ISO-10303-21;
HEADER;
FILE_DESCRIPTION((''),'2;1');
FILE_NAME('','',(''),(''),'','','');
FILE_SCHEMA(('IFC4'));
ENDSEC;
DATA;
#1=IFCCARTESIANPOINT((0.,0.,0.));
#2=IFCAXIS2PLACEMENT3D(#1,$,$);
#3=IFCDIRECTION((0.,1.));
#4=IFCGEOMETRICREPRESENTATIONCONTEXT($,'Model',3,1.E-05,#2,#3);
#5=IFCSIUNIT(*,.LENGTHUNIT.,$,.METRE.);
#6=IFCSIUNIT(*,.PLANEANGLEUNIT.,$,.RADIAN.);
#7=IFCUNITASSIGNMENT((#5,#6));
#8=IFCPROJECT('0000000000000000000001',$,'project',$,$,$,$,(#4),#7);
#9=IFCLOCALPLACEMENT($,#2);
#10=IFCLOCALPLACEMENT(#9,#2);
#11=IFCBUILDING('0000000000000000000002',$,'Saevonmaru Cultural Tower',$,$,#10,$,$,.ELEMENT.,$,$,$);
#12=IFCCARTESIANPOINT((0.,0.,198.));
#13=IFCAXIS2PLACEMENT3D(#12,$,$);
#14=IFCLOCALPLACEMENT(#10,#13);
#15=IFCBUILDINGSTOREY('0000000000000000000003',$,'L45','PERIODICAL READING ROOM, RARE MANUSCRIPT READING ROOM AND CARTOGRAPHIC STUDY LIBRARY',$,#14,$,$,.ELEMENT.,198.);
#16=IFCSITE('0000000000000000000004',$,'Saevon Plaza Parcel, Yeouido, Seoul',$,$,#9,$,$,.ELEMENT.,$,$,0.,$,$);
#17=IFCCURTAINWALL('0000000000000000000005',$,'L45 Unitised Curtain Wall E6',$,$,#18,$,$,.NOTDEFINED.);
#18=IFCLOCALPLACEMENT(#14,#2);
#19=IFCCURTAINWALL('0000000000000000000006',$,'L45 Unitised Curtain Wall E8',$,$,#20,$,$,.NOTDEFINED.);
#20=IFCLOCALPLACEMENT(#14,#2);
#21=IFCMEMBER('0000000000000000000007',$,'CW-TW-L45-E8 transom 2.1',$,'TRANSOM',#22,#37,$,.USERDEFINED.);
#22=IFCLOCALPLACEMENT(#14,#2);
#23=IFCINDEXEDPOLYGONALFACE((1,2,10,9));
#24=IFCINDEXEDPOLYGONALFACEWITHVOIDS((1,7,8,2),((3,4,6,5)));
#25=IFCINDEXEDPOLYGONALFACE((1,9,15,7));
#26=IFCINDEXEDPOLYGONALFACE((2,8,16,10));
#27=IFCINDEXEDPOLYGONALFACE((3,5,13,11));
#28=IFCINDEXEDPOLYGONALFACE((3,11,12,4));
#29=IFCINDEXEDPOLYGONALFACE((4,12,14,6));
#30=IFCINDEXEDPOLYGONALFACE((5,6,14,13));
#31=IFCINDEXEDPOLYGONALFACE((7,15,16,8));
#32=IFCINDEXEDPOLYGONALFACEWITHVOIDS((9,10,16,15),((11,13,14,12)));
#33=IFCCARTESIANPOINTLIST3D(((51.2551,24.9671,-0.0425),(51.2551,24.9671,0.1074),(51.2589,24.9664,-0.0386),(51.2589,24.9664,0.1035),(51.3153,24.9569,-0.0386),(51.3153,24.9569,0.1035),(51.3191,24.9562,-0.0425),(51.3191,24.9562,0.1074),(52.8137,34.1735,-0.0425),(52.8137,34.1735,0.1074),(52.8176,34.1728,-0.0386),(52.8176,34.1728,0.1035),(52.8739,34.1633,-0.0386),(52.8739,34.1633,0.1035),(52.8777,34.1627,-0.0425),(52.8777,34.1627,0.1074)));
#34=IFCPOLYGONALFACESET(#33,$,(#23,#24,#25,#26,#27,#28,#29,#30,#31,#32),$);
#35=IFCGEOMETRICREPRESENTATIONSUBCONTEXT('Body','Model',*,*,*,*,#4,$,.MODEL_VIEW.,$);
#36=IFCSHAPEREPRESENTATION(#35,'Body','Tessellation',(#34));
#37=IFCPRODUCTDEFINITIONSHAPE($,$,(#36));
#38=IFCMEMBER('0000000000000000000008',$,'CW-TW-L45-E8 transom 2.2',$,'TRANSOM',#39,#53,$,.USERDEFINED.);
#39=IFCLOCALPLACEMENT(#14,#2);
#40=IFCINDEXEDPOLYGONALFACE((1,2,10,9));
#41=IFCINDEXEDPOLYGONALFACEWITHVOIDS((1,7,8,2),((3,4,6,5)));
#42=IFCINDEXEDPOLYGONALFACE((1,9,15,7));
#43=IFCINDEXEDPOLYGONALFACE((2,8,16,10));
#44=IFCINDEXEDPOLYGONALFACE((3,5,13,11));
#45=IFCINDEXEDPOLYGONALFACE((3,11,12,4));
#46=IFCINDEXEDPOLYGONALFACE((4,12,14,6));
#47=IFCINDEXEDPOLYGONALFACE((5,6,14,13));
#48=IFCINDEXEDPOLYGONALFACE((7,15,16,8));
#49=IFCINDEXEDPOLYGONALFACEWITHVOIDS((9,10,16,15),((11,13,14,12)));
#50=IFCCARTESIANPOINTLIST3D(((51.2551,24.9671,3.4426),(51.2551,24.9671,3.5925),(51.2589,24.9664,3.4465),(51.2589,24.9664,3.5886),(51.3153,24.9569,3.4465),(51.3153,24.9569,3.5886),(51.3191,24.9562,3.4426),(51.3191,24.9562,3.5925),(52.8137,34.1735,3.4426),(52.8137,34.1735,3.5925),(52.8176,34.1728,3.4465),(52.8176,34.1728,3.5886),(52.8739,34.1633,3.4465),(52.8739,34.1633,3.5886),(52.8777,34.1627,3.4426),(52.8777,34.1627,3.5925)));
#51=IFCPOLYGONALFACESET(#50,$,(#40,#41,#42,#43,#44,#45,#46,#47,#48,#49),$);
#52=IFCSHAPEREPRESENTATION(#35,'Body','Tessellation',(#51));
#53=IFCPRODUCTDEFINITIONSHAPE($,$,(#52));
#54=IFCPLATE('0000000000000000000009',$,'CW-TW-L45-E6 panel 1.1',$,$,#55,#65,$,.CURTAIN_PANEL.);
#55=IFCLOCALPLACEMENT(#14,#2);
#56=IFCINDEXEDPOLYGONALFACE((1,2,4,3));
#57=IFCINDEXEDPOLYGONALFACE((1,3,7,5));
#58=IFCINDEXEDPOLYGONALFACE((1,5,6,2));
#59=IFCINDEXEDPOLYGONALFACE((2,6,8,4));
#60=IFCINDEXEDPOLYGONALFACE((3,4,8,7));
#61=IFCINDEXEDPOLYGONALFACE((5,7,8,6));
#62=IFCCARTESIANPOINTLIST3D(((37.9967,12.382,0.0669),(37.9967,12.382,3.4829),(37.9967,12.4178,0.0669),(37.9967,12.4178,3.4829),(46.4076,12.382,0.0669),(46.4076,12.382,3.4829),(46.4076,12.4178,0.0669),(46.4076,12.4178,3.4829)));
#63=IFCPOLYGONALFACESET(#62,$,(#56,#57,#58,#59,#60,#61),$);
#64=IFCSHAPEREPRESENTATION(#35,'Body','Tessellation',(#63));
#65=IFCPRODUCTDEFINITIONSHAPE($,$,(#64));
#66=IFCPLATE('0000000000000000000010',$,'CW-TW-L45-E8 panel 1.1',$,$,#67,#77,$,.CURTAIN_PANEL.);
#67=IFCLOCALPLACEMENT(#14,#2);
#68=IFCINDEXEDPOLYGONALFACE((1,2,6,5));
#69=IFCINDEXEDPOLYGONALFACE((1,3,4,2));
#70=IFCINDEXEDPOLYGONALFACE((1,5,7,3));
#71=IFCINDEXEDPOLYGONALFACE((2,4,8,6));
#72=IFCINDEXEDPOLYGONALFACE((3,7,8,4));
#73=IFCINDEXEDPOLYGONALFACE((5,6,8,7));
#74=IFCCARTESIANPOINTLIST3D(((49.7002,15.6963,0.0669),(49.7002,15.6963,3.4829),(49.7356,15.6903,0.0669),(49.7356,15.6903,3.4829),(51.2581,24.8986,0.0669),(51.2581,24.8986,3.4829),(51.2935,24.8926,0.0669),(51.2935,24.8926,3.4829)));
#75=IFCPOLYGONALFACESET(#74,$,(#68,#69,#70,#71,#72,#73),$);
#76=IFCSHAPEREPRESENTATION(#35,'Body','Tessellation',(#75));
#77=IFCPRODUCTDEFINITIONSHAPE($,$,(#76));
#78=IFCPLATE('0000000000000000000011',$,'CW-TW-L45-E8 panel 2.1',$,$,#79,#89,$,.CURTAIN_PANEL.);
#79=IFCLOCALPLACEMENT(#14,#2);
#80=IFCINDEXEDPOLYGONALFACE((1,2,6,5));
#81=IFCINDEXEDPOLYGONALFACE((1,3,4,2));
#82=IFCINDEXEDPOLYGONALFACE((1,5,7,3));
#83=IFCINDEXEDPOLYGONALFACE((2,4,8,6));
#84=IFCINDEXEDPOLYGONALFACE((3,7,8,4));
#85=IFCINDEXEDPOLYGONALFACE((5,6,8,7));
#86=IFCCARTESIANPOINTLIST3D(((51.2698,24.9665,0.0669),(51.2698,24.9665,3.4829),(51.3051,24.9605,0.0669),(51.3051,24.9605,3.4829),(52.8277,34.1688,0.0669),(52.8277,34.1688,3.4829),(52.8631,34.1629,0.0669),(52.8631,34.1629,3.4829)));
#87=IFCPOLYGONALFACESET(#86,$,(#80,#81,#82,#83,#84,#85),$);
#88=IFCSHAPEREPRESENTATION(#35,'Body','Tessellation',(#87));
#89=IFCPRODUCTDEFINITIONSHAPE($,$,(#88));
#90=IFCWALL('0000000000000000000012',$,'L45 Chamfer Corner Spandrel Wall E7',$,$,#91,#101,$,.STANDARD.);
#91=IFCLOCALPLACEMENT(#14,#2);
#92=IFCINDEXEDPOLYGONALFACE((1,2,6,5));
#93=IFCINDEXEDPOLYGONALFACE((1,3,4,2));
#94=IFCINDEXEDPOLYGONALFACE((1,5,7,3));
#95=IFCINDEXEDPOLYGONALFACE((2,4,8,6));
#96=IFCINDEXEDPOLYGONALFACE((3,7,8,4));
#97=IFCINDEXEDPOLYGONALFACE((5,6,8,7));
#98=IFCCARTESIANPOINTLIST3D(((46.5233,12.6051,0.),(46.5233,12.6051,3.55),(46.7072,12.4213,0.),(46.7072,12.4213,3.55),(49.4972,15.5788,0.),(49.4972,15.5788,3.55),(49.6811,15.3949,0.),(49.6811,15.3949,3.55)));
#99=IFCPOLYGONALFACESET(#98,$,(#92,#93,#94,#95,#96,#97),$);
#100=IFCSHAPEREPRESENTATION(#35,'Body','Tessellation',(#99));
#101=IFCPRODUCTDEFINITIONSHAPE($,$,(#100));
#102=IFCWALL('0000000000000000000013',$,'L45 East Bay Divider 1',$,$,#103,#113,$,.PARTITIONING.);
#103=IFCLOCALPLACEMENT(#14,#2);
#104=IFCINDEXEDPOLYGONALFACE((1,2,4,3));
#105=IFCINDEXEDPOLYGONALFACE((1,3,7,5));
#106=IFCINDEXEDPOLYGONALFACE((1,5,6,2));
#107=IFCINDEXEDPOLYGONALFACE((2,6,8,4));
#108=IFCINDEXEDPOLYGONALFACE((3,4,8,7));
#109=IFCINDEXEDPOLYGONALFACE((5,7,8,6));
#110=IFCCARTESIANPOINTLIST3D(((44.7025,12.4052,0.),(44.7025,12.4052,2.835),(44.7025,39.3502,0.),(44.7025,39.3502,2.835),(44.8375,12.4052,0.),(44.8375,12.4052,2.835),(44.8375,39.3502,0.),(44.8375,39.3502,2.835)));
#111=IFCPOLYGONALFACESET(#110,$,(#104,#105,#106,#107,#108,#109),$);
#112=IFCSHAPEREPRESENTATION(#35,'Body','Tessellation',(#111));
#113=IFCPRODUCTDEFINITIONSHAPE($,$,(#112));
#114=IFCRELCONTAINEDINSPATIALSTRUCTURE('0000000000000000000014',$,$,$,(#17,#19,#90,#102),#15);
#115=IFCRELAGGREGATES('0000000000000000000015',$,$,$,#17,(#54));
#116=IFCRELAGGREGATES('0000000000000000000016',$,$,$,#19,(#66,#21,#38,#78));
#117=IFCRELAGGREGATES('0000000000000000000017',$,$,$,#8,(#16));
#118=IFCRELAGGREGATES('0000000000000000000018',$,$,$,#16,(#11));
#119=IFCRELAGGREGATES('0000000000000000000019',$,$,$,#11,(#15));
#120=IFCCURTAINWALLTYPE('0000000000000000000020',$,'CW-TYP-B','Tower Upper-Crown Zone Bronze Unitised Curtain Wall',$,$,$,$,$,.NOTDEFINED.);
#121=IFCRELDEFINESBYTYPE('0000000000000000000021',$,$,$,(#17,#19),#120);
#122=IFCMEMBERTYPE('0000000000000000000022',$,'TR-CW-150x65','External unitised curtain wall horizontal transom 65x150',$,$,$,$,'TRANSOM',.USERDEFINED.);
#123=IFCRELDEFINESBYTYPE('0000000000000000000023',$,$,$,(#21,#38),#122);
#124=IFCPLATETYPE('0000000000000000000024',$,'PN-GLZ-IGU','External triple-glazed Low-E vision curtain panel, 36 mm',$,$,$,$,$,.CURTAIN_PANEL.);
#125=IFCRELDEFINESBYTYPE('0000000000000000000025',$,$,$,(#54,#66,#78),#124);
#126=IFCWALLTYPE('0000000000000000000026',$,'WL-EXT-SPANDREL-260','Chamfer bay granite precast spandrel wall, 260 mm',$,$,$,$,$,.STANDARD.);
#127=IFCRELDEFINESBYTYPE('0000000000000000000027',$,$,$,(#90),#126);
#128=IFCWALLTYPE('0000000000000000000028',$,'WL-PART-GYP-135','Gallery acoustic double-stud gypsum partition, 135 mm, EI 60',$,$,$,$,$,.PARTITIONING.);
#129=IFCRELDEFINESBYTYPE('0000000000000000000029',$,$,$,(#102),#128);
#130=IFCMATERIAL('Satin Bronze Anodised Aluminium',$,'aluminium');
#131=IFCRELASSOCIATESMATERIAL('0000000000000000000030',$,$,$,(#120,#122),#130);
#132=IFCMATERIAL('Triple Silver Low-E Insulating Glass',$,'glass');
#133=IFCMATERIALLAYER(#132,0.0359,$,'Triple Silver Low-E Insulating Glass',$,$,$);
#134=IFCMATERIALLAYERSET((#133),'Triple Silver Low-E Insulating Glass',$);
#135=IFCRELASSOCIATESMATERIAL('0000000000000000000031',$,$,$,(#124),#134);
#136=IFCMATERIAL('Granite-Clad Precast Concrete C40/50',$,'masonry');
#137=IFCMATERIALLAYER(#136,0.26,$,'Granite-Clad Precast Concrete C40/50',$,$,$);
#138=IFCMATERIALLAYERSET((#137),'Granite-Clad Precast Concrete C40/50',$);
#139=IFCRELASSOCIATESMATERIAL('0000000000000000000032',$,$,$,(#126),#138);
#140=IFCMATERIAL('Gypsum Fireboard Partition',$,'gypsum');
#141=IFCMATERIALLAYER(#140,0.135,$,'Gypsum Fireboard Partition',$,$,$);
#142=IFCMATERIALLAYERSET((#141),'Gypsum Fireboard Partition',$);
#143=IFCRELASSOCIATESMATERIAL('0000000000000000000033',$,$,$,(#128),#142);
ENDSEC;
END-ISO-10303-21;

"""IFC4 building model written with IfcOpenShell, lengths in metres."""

from ifc_helpers import new_model, si_unit, direction, frame, frame_2d, origin, origin_2d, place, context, subcontext, project, spatial, rectangle, hollow_rectangle, extrude, material, layer, layer_set, material_profile, profile_set, type_object, element, aggregate, save


model = new_model("IFC4")

# Units and contexts
model_context = context("Model", 3, precision=1e-05, world=origin(), true_north=direction((0.0, 1.0)))
body_context = subcontext(model_context, "Body", "Model", "MODEL_VIEW")
ifc_project = project(units=[si_unit("LENGTHUNIT", "METRE"), si_unit("PLANEANGLEUNIT", "RADIAN")], contexts=[model_context])

# Site, building, storey
site_placement = place(None, origin())
site = spatial("IfcSite", under=ifc_project, at=site_placement, Name="Saevon Plaza Parcel, Yeouido, Seoul", CompositionType="ELEMENT", RefElevation=0.0)
building_placement = place(site_placement, origin())
building = spatial("IfcBuilding", under=site, at=building_placement, Name="Saevonmaru Cultural Tower", CompositionType="ELEMENT")
storey_placement = place(building_placement, frame((0.0, 0.0, 198.0)))
storey = spatial("IfcBuildingStorey", under=building, at=storey_placement, Name="L45", Description="PERIODICAL READING ROOM, RARE MANUSCRIPT READING ROOM AND CARTOGRAPHIC STUDY LIBRARY", CompositionType="ELEMENT", Elevation=198.0)

# Curtain wall
ifc_material_1 = material(Name="Satin Bronze Anodised Aluminium", Category="aluminium")
curtain_wall_type = type_object("IfcCurtainWallType", Name="CW-TYP-B", Description="Tower Upper-Crown Zone Bronze Unitised Curtain Wall", PredefinedType="NOTDEFINED", material=ifc_material_1)
curtain_wall_1_placement = place(storey_placement, origin())
curtain_wall_1 = element("IfcCurtainWall", 1, at=curtain_wall_1_placement, inside=storey, type_object=curtain_wall_type, Name="L45 Unitised Curtain Wall E6", PredefinedType="NOTDEFINED")

# Curtain wall, members
curtain_wall_2_placement = place(storey_placement, origin())
curtain_wall_2 = element("IfcCurtainWall", 2, at=curtain_wall_2_placement, inside=storey, type_object=curtain_wall_type, Name="L45 Unitised Curtain Wall E8", PredefinedType="NOTDEFINED")
ifc_material_profile_1 = material_profile(ifc_material_1, hollow_rectangle(XDim=0.0649, YDim=0.1499, WallThickness=0.0039, at=origin_2d()), Name="ALU-TRAN-150x65x4")
ifc_profile_set_1 = profile_set([ifc_material_profile_1], Name="Satin Bronze Anodised Aluminium")
member_type_1 = type_object("IfcMemberType", Name="TR-CW-150x65", Description="External unitised curtain wall horizontal transom 65x150", ElementType="TRANSOM", PredefinedType="USERDEFINED", material=ifc_profile_set_1)
member_1_placement = place(storey_placement, frame((51.2871, 24.9617, 0.0325), z_axis=(0.166921, 0.98597, 0.0), x_axis=(-0.98597, 0.166921, 0.0)))
member_1 = element("IfcMember", 3, at=member_1_placement, type_object=member_type_1, Name="CW-TW-L45-E8 transom 2.1", ObjectType="TRANSOM", PredefinedType="USERDEFINED", context=body_context, shape_type="SweptSolid", body=[
    extrude(hollow_rectangle(XDim=0.0649, YDim=0.1499, WallThickness=0.0039, at=origin_2d()), origin(), (0.0, 0.0, 1.0), 9.3374),
])
member_2_placement = place(storey_placement, frame((51.2871, 24.9617, 3.5176), z_axis=(0.166921, 0.98597, 0.0), x_axis=(-0.98597, 0.166921, 0.0)))
member_2 = element("IfcMember", 4, at=member_2_placement, type_object=member_type_1, Name="CW-TW-L45-E8 transom 2.2", ObjectType="TRANSOM", PredefinedType="USERDEFINED", context=body_context, shape_type="SweptSolid", body=[
    extrude(hollow_rectangle(XDim=0.0649, YDim=0.1499, WallThickness=0.0039, at=origin_2d()), origin(), (0.0, 0.0, 1.0), 9.3374),
])

# Plates
ifc_material_2 = material(Name="Triple Silver Low-E Insulating Glass", Category="glass")
ifc_layer_1 = layer(ifc_material_2, 0.0359, Name="Triple Silver Low-E Insulating Glass")
ifc_layer_set_1 = layer_set([ifc_layer_1], Name="Triple Silver Low-E Insulating Glass")
plate_type = type_object("IfcPlateType", Name="PN-GLZ-IGU", Description="External triple-glazed Low-E vision curtain panel, 36 mm", PredefinedType="CURTAIN_PANEL", material=ifc_layer_set_1)
plate_1_placement = place(storey_placement, frame((42.2021, 12.3999, 0.0669), z_axis=(0.0, 0.0, 1.0), x_axis=(1.0, 0.0, 0.0)))
plate_1 = element("IfcPlate", 5, at=plate_1_placement, type_object=plate_type, Name="CW-TW-L45-E6 panel 1.1", PredefinedType="CURTAIN_PANEL", context=body_context, shape_type="SweptSolid", body=[
    extrude(rectangle(XDim=8.4109, YDim=0.0359, at=origin_2d()), origin(), (0.0, 0.0, 1.0), 3.416),
])
aggregate(curtain_wall_1, [plate_1])
plate_2_placement = place(storey_placement, frame((50.4968, 20.2944, 0.0669), z_axis=(0.0, 0.0, 1.0), x_axis=(0.166922, 0.98597, 0.0)))
plate_2 = element("IfcPlate", 6, at=plate_2_placement, type_object=plate_type, Name="CW-TW-L45-E8 panel 1.1", PredefinedType="CURTAIN_PANEL", context=body_context, shape_type="SweptSolid", body=[
    extrude(rectangle(XDim=9.3333, YDim=0.0359, at=origin_2d()), origin(), (0.0, 0.0, 1.0), 3.416),
])
plate_3_placement = place(storey_placement, frame((52.0664, 29.5647, 0.0669), z_axis=(0.0, 0.0, 1.0), x_axis=(0.166922, 0.98597, 0.0)))
plate_3 = element("IfcPlate", 7, at=plate_3_placement, type_object=plate_type, Name="CW-TW-L45-E8 panel 2.1", PredefinedType="CURTAIN_PANEL", context=body_context, shape_type="SweptSolid", body=[
    extrude(rectangle(XDim=9.3333, YDim=0.0359, at=origin_2d()), origin(), (0.0, 0.0, 1.0), 3.416),
])
aggregate(curtain_wall_2, [plate_2, member_1, member_2, plate_3])

# Walls
ifc_material_3 = material(Name="Granite-Clad Precast Concrete C40/50", Category="masonry")
ifc_layer_2 = layer(ifc_material_3, 0.26, Name="Granite-Clad Precast Concrete C40/50")
ifc_layer_set_2 = layer_set([ifc_layer_2], Name="Granite-Clad Precast Concrete C40/50")
wall_type_1 = type_object("IfcWallType", Name="WL-EXT-SPANDREL-260", Description="Chamfer bay granite precast spandrel wall, 260 mm", PredefinedType="STANDARD", material=ifc_layer_set_2)
wall_1_placement = place(storey_placement, frame((46.6152, 12.5132, 0.0), z_axis=(0.0, 0.0, 1.0), x_axis=(0.707136, 0.707078, 0.0)))
element("IfcWall", 8, at=wall_1_placement, inside=storey, type_object=wall_type_1, Name="L45 Chamfer Corner Spandrel Wall E7", PredefinedType="STANDARD", context=body_context, shape_type="SweptSolid", body=[
    extrude(rectangle(XDim=4.2056, YDim=0.26, at=frame_2d((2.1028, 0.0))), origin(), (0.0, 0.0, 1.0), 3.55),
])
ifc_material_4 = material(Name="Gypsum Fireboard Partition", Category="gypsum")
ifc_layer_3 = layer(ifc_material_4, 0.135, Name="Gypsum Fireboard Partition")
ifc_layer_set_3 = layer_set([ifc_layer_3], Name="Gypsum Fireboard Partition")
wall_type_2 = type_object("IfcWallType", Name="WL-PART-GYP-135", Description="Gallery acoustic double-stud gypsum partition, 135 mm, EI 60", PredefinedType="PARTITIONING", material=ifc_layer_set_3)
wall_2_placement = place(storey_placement, frame((44.77, 12.405, 0.0), z_axis=(0.0, 0.0, 1.0), x_axis=(0.0, 1.0, 0.0)))
element("IfcWall", 9, at=wall_2_placement, inside=storey, type_object=wall_type_2, Name="L45 East Bay Divider 1", PredefinedType="PARTITIONING", context=body_context, shape_type="SweptSolid", body=[
    extrude(rectangle(XDim=26.9451, YDim=0.135, at=frame_2d((13.4727, 0.0))), origin(), (0.0, 0.0, 1.0), 2.835),
])

save(model, "model.ifc")
